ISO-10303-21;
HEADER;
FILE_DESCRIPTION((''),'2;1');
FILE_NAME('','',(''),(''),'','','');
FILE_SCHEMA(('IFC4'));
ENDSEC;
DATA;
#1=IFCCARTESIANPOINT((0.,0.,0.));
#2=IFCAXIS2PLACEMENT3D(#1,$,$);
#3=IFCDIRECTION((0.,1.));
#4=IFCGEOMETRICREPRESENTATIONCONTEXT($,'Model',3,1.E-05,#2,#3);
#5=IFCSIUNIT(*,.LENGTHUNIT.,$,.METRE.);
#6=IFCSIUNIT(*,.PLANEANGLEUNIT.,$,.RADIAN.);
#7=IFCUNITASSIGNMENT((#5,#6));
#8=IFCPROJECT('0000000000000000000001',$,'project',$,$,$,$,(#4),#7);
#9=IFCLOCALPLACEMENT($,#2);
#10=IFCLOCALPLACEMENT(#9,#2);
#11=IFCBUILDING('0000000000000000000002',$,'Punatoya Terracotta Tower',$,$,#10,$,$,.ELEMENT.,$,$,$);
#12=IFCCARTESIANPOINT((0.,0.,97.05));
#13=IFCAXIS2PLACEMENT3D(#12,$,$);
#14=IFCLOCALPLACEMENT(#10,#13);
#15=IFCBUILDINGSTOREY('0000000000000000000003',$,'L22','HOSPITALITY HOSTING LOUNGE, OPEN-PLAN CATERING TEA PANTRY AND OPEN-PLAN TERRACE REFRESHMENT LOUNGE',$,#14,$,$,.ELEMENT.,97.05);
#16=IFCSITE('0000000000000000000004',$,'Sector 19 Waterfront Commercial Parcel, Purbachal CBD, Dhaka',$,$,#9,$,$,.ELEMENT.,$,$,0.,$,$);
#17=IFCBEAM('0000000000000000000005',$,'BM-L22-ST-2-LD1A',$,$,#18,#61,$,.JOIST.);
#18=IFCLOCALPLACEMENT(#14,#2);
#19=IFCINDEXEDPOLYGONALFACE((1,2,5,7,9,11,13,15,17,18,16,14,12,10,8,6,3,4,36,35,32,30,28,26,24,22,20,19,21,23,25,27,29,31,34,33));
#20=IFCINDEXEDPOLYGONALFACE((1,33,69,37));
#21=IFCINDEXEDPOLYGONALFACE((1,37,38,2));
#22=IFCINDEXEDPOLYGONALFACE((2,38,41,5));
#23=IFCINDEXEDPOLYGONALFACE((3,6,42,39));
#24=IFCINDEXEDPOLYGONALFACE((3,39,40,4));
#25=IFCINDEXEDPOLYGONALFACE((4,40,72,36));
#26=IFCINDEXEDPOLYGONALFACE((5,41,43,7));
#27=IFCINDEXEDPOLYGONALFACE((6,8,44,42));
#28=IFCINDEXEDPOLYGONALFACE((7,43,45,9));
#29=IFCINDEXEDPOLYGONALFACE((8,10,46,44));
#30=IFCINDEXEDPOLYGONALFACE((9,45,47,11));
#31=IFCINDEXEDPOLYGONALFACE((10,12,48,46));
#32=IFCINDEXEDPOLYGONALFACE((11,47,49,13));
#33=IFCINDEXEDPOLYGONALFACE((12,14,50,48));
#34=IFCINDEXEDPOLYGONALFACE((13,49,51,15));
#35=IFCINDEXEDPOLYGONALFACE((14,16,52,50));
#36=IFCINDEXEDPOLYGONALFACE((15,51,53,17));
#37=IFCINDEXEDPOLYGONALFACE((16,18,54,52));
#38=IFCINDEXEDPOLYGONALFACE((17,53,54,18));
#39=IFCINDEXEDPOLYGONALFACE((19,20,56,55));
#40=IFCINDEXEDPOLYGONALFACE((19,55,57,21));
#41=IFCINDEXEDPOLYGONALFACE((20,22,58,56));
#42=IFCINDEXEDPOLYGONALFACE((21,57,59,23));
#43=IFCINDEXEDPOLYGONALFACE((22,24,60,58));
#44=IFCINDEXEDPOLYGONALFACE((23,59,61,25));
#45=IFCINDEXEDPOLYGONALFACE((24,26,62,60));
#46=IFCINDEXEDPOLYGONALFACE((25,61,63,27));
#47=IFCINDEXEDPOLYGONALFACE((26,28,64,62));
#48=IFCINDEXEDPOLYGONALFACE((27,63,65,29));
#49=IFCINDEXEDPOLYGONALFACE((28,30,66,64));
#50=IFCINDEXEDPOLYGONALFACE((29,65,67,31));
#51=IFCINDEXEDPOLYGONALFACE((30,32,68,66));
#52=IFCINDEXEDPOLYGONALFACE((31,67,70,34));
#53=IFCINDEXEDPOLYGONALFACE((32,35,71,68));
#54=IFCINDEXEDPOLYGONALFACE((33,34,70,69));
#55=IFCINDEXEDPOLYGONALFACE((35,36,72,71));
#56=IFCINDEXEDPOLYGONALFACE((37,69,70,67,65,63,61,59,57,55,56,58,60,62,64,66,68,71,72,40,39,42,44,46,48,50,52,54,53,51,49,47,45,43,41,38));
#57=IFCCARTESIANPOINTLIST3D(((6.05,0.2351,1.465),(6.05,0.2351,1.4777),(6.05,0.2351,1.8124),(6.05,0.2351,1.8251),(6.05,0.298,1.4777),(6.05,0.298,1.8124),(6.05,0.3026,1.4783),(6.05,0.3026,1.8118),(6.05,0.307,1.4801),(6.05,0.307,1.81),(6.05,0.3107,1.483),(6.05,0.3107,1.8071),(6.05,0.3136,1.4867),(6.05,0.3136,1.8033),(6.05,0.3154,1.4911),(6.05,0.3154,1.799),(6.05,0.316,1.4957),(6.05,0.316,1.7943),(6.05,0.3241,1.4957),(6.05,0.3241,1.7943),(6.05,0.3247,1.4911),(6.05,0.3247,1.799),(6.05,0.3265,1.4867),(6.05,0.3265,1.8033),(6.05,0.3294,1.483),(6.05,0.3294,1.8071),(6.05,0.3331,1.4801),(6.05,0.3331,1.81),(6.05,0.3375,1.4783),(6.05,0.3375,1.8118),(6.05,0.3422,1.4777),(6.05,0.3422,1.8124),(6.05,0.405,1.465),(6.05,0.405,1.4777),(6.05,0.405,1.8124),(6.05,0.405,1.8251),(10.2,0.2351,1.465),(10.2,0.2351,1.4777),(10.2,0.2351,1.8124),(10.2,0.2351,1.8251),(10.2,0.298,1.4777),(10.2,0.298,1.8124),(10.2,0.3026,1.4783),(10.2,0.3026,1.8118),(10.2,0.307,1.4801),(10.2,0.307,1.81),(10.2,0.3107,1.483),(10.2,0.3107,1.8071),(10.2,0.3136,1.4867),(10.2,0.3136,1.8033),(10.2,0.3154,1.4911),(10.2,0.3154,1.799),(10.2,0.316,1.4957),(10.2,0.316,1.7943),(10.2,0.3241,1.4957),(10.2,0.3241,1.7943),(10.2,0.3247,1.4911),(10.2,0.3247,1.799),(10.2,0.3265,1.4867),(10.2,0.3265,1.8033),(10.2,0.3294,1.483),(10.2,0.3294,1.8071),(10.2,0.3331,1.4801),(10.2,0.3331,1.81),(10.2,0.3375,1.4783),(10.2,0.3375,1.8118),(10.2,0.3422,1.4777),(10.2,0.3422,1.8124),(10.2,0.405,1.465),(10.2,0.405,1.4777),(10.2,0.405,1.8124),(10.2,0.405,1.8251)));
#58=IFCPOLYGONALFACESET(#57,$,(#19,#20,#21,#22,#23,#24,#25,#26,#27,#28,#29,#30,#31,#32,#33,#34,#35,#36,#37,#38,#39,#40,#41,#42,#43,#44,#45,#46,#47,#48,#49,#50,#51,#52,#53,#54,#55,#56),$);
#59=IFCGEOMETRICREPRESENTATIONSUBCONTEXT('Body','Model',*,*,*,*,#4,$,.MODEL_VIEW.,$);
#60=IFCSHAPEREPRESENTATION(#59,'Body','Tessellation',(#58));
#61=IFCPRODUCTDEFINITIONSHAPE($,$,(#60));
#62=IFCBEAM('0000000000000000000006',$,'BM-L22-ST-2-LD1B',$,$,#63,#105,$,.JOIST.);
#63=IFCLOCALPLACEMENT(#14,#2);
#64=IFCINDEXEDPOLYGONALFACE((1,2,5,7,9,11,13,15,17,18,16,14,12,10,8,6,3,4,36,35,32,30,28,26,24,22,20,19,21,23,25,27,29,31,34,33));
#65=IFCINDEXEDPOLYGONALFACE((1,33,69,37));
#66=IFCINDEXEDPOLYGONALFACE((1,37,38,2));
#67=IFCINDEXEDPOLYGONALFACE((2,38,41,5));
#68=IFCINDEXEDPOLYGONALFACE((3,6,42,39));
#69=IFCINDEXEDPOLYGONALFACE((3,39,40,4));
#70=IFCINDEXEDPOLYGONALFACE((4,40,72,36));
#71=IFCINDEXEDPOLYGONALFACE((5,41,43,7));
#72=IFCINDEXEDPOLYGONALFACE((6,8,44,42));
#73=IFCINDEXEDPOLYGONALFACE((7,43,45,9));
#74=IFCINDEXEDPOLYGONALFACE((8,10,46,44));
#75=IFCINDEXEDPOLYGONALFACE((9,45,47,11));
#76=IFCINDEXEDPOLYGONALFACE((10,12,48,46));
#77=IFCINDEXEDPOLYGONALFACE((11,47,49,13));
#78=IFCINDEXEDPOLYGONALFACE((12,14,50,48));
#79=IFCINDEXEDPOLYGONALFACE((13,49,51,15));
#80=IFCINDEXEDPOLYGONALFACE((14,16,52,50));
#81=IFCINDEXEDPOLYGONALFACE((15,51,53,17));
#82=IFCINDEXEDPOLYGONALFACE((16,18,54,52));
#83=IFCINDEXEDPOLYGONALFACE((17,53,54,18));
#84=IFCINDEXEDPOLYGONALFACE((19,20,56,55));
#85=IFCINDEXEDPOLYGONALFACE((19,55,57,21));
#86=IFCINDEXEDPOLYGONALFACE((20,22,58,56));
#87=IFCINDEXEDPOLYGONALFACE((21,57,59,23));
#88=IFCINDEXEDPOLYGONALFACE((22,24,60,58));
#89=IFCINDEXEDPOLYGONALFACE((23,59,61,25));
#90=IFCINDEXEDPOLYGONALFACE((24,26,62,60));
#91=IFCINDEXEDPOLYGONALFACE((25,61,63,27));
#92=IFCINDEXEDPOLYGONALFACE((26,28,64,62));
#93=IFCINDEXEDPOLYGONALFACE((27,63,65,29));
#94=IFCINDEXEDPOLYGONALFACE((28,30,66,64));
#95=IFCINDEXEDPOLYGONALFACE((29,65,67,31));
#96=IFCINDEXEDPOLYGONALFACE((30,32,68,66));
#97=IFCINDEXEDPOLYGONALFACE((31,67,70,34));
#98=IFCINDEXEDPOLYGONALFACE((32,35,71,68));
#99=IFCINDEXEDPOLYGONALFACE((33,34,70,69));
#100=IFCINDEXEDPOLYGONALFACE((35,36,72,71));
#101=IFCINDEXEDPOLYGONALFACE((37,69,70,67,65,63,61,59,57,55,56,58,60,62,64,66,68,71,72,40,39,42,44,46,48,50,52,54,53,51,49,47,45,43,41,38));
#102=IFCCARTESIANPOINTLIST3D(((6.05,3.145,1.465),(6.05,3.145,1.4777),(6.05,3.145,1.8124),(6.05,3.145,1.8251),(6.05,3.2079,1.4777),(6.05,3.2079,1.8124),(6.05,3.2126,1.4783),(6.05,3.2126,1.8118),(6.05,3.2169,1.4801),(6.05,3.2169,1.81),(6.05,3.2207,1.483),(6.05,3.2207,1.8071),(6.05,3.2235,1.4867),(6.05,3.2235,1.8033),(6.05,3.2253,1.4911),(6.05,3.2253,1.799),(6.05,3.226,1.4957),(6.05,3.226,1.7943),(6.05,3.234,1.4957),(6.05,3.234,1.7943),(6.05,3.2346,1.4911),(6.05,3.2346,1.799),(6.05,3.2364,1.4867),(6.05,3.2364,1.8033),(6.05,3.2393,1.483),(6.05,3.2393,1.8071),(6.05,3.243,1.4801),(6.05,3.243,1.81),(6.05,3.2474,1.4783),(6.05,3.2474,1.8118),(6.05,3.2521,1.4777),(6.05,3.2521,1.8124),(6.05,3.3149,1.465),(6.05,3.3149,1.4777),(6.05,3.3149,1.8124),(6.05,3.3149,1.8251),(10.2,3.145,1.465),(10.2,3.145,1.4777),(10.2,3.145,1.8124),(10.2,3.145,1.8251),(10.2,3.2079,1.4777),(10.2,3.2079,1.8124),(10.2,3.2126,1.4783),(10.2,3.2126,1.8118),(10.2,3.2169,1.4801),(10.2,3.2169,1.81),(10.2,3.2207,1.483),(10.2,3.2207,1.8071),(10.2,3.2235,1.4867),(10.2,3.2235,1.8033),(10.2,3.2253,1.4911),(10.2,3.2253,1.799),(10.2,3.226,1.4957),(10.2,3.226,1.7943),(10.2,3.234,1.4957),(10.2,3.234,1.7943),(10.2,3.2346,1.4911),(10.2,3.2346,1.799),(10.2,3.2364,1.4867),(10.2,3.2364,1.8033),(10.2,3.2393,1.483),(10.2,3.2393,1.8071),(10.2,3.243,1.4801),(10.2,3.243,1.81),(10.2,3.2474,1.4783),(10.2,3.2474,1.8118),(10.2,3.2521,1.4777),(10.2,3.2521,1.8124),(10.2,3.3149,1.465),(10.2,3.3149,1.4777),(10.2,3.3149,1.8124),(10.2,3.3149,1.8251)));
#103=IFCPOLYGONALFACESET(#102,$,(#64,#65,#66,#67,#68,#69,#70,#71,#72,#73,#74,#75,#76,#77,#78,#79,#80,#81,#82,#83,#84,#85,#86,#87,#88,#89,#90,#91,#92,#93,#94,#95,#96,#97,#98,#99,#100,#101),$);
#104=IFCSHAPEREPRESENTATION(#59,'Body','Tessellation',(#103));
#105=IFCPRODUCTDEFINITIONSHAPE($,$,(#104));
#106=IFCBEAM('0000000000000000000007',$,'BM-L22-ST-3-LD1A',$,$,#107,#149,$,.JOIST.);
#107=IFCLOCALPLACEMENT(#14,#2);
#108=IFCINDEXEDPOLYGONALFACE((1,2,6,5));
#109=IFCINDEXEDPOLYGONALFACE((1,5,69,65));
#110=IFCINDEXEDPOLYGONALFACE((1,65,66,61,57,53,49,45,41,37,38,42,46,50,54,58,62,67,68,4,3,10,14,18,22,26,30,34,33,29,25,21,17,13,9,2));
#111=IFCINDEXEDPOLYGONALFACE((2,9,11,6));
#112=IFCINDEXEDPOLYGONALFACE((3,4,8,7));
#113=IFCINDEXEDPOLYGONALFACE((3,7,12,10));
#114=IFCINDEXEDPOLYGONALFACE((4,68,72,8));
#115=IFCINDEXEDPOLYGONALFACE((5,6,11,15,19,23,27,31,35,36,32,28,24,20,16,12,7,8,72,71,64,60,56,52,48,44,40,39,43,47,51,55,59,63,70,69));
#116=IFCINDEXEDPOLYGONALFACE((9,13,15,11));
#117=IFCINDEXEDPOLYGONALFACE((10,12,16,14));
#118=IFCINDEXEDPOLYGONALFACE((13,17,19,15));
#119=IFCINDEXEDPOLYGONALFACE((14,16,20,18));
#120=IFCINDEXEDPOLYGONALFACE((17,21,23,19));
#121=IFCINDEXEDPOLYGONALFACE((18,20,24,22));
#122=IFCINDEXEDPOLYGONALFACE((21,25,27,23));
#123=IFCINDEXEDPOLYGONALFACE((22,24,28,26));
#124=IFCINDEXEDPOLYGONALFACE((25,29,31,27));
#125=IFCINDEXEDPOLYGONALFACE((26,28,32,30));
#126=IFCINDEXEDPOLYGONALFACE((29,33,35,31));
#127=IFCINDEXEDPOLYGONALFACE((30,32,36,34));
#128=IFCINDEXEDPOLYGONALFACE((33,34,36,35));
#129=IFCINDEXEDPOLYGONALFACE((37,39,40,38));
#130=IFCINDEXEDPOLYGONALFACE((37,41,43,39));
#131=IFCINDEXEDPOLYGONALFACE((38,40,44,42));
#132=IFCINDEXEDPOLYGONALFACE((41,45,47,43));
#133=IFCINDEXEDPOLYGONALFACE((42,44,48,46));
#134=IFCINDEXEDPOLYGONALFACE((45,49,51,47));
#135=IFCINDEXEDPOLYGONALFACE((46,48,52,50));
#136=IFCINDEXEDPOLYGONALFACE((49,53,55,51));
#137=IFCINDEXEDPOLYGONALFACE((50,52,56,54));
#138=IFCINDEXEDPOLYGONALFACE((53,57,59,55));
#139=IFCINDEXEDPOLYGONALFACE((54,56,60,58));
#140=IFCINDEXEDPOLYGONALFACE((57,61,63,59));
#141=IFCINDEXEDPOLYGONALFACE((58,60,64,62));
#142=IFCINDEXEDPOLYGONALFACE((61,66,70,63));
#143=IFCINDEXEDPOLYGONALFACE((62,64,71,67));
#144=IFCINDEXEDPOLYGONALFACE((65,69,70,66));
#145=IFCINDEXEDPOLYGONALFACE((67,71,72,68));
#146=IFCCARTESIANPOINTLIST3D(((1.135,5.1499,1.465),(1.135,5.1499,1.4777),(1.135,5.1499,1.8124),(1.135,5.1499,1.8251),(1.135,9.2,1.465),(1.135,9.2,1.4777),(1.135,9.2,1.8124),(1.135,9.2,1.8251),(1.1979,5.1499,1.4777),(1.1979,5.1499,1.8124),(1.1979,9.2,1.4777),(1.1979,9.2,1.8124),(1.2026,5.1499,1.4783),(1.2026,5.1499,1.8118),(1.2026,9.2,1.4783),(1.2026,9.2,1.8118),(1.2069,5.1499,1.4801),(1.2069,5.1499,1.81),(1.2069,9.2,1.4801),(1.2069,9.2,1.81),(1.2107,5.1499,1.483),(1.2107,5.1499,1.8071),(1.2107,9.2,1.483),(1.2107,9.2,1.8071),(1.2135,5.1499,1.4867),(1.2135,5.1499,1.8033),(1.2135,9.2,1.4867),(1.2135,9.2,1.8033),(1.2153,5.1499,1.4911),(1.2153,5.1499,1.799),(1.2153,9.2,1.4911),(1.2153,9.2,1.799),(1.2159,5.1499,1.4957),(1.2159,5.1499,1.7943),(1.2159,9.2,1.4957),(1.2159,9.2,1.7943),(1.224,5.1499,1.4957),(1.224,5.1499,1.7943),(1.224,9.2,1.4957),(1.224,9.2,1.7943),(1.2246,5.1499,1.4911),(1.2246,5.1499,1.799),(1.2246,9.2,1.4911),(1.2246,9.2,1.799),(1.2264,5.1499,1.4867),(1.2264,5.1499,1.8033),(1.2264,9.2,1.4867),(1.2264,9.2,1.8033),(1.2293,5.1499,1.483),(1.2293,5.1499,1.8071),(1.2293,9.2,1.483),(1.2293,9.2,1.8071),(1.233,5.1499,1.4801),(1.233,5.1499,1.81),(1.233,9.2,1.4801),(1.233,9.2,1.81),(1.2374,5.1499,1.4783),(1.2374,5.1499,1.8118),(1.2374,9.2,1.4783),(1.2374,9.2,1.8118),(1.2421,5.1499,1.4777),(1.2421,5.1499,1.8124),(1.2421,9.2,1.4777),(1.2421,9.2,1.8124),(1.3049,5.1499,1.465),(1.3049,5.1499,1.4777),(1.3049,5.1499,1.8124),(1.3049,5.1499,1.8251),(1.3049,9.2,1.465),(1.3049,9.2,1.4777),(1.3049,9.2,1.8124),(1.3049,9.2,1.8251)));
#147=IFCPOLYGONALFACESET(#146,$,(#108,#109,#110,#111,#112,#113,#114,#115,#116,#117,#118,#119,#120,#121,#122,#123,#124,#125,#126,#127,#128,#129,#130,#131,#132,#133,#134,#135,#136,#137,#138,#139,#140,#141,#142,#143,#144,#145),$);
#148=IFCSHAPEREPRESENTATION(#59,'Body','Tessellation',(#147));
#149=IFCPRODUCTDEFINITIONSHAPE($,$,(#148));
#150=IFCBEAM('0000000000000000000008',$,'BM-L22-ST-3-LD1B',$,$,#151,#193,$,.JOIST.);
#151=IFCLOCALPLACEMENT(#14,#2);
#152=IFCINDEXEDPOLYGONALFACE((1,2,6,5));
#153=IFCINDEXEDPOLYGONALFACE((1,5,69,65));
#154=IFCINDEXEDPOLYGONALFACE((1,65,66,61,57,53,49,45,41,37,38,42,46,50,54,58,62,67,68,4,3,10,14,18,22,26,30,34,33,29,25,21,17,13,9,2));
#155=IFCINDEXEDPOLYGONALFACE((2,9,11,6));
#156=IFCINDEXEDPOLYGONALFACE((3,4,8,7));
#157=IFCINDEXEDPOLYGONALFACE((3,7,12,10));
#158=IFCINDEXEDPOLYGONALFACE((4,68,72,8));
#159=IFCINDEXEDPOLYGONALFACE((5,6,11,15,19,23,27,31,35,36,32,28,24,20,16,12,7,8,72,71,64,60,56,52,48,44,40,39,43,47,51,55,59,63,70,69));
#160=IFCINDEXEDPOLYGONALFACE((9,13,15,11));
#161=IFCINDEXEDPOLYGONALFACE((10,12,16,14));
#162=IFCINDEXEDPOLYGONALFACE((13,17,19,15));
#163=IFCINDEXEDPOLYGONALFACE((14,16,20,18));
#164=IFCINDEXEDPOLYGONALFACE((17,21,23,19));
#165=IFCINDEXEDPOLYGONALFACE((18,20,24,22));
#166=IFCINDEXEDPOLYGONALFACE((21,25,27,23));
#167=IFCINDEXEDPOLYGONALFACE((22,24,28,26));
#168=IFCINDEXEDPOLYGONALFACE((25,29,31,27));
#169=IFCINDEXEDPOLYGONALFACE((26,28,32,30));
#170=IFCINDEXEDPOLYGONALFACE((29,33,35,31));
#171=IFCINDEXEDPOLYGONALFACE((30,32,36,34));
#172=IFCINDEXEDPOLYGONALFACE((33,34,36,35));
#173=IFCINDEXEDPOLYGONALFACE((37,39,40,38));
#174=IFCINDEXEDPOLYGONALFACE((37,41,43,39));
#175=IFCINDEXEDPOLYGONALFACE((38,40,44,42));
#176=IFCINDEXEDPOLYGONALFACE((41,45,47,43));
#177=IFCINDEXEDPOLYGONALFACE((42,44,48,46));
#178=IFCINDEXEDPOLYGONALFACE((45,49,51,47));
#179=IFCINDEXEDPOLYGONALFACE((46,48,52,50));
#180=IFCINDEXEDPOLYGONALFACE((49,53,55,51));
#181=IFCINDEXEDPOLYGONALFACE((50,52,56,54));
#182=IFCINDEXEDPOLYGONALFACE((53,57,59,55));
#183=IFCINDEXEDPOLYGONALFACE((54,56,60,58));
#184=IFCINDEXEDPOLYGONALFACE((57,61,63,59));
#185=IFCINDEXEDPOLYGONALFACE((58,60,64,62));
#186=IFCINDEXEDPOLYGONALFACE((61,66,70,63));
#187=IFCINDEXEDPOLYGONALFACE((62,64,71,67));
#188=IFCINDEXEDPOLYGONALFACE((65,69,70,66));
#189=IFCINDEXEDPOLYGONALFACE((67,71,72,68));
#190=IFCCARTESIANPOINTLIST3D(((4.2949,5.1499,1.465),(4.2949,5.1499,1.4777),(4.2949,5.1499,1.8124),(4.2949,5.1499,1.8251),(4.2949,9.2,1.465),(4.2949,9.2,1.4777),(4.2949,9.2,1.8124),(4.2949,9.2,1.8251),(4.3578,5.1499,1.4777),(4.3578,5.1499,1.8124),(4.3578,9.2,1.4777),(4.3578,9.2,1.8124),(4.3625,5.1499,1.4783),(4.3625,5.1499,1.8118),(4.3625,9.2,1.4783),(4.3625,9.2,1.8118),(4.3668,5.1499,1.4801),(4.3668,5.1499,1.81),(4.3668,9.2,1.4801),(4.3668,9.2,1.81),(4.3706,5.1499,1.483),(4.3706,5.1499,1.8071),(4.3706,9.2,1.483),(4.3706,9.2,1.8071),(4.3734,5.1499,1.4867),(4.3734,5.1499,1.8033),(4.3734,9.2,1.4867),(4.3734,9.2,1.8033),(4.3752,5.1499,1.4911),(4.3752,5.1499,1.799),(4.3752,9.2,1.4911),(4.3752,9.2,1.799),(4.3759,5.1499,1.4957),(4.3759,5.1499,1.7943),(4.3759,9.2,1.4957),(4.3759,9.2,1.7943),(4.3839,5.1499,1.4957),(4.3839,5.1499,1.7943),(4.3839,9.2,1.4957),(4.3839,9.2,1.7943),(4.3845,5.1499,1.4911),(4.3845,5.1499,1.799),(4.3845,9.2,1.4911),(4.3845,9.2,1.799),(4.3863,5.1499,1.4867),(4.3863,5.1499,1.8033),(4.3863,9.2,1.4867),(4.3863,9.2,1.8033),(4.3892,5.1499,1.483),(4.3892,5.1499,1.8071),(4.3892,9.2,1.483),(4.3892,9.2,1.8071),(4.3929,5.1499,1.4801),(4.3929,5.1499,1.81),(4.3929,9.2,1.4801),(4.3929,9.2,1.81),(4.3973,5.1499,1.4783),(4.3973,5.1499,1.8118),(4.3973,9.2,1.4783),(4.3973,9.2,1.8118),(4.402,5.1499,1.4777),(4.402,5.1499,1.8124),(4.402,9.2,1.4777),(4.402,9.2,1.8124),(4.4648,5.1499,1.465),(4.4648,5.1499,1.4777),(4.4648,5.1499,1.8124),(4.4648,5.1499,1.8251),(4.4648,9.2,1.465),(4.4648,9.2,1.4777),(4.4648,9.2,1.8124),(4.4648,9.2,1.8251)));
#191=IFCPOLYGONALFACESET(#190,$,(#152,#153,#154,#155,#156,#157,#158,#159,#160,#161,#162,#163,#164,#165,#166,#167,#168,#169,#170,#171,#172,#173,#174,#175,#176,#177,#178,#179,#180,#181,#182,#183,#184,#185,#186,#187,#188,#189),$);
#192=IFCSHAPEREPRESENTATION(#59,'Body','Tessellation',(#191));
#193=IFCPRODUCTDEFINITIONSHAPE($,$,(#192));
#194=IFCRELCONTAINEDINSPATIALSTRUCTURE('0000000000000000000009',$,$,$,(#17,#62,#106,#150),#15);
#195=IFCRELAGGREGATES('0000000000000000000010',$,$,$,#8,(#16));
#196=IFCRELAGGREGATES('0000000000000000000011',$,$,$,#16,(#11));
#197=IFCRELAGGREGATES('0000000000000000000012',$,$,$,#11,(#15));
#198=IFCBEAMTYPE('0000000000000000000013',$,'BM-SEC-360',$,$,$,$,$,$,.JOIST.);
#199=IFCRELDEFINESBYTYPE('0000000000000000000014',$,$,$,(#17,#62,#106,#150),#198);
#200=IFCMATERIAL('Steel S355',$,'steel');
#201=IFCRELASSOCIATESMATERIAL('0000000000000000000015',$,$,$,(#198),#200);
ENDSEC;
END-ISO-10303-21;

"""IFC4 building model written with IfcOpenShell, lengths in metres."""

from ifc_helpers import new_model, si_unit, direction, frame, origin, origin_2d, place, context, subcontext, project, spatial, i_section, extrude, material, material_profile, profile_set, type_object, element, save


model = new_model("IFC4")

# Units and contexts
model_context = context("Model", 3, precision=1e-05, world=origin(), true_north=direction((0.0, 1.0)))
body_context = subcontext(model_context, "Body", "Model", "MODEL_VIEW")
ifc_project = project(units=[si_unit("LENGTHUNIT", "METRE"), si_unit("PLANEANGLEUNIT", "RADIAN")], contexts=[model_context])

# Site, building, storey
site_placement = place(None, origin())
site = spatial("IfcSite", under=ifc_project, at=site_placement, Name="Sector 19 Waterfront Commercial Parcel, Purbachal CBD, Dhaka", CompositionType="ELEMENT", RefElevation=0.0)
building_placement = place(site_placement, origin())
building = spatial("IfcBuilding", under=site, at=building_placement, Name="Punatoya Terracotta Tower", CompositionType="ELEMENT")
storey_placement = place(building_placement, frame((0.0, 0.0, 97.05)))
storey = spatial("IfcBuildingStorey", under=building, at=storey_placement, Name="L22", Description="HOSPITALITY HOSTING LOUNGE, OPEN-PLAN CATERING TEA PANTRY AND OPEN-PLAN TERRACE REFRESHMENT LOUNGE", CompositionType="ELEMENT", Elevation=97.05)

# Beams
ifc_material_1 = material(Name="Steel S355", Category="steel")
ifc_material_profile_1 = material_profile(ifc_material_1, i_section(OverallWidth=0.1699, OverallDepth=0.3601, WebThickness=0.0081, FlangeThickness=0.0127, FilletRadius=0.0181, at=origin_2d()))
ifc_profile_set_1 = profile_set([ifc_material_profile_1], Name="Steel S355")
beam_type_1 = type_object("IfcBeamType", Name="BM-SEC-360", PredefinedType="JOIST", material=ifc_profile_set_1)
for number, where, z_axis, x_axis, name in (
    (1, (6.05, 0.3201, 1.645), (1.0, 0.0, 0.0), (0.0, 1.0, 0.0), "BM-L22-ST-2-LD1A"),
    (2, (6.05, 3.23, 1.645), (1.0, 0.0, 0.0), (0.0, 1.0, 0.0), "BM-L22-ST-2-LD1B"),
):
    element("IfcBeam", number, at=place(storey_placement, frame(where, z_axis=z_axis, x_axis=x_axis)), inside=storey, type_object=beam_type_1, Name=name, PredefinedType="JOIST", context=body_context, shape_type="SweptSolid", body=[
        extrude(i_section(OverallWidth=0.1699, OverallDepth=0.3601, WebThickness=0.0081, FlangeThickness=0.0127, FilletRadius=0.0181, at=origin_2d()), origin(), (0.0, 0.0, 1.0), 4.1499),
    ])
for number, where, z_axis, x_axis, name in (
    (3, (1.22, 5.1499, 1.645), (0.0, 1.0, 0.0), (-1.0, 0.0, 0.0), "BM-L22-ST-3-LD1A"),
    (4, (4.3799, 5.1499, 1.645), (0.0, 1.0, 0.0), (-1.0, 0.0, 0.0), "BM-L22-ST-3-LD1B"),
):
    element("IfcBeam", number, at=place(storey_placement, frame(where, z_axis=z_axis, x_axis=x_axis)), inside=storey, type_object=beam_type_1, Name=name, PredefinedType="JOIST", context=body_context, shape_type="SweptSolid", body=[
        extrude(i_section(OverallWidth=0.1699, OverallDepth=0.3601, WebThickness=0.0081, FlangeThickness=0.0127, FilletRadius=0.0181, at=origin_2d()), origin(), (0.0, 0.0, 1.0), 4.05),
    ])

save(model, "model.ifc")
